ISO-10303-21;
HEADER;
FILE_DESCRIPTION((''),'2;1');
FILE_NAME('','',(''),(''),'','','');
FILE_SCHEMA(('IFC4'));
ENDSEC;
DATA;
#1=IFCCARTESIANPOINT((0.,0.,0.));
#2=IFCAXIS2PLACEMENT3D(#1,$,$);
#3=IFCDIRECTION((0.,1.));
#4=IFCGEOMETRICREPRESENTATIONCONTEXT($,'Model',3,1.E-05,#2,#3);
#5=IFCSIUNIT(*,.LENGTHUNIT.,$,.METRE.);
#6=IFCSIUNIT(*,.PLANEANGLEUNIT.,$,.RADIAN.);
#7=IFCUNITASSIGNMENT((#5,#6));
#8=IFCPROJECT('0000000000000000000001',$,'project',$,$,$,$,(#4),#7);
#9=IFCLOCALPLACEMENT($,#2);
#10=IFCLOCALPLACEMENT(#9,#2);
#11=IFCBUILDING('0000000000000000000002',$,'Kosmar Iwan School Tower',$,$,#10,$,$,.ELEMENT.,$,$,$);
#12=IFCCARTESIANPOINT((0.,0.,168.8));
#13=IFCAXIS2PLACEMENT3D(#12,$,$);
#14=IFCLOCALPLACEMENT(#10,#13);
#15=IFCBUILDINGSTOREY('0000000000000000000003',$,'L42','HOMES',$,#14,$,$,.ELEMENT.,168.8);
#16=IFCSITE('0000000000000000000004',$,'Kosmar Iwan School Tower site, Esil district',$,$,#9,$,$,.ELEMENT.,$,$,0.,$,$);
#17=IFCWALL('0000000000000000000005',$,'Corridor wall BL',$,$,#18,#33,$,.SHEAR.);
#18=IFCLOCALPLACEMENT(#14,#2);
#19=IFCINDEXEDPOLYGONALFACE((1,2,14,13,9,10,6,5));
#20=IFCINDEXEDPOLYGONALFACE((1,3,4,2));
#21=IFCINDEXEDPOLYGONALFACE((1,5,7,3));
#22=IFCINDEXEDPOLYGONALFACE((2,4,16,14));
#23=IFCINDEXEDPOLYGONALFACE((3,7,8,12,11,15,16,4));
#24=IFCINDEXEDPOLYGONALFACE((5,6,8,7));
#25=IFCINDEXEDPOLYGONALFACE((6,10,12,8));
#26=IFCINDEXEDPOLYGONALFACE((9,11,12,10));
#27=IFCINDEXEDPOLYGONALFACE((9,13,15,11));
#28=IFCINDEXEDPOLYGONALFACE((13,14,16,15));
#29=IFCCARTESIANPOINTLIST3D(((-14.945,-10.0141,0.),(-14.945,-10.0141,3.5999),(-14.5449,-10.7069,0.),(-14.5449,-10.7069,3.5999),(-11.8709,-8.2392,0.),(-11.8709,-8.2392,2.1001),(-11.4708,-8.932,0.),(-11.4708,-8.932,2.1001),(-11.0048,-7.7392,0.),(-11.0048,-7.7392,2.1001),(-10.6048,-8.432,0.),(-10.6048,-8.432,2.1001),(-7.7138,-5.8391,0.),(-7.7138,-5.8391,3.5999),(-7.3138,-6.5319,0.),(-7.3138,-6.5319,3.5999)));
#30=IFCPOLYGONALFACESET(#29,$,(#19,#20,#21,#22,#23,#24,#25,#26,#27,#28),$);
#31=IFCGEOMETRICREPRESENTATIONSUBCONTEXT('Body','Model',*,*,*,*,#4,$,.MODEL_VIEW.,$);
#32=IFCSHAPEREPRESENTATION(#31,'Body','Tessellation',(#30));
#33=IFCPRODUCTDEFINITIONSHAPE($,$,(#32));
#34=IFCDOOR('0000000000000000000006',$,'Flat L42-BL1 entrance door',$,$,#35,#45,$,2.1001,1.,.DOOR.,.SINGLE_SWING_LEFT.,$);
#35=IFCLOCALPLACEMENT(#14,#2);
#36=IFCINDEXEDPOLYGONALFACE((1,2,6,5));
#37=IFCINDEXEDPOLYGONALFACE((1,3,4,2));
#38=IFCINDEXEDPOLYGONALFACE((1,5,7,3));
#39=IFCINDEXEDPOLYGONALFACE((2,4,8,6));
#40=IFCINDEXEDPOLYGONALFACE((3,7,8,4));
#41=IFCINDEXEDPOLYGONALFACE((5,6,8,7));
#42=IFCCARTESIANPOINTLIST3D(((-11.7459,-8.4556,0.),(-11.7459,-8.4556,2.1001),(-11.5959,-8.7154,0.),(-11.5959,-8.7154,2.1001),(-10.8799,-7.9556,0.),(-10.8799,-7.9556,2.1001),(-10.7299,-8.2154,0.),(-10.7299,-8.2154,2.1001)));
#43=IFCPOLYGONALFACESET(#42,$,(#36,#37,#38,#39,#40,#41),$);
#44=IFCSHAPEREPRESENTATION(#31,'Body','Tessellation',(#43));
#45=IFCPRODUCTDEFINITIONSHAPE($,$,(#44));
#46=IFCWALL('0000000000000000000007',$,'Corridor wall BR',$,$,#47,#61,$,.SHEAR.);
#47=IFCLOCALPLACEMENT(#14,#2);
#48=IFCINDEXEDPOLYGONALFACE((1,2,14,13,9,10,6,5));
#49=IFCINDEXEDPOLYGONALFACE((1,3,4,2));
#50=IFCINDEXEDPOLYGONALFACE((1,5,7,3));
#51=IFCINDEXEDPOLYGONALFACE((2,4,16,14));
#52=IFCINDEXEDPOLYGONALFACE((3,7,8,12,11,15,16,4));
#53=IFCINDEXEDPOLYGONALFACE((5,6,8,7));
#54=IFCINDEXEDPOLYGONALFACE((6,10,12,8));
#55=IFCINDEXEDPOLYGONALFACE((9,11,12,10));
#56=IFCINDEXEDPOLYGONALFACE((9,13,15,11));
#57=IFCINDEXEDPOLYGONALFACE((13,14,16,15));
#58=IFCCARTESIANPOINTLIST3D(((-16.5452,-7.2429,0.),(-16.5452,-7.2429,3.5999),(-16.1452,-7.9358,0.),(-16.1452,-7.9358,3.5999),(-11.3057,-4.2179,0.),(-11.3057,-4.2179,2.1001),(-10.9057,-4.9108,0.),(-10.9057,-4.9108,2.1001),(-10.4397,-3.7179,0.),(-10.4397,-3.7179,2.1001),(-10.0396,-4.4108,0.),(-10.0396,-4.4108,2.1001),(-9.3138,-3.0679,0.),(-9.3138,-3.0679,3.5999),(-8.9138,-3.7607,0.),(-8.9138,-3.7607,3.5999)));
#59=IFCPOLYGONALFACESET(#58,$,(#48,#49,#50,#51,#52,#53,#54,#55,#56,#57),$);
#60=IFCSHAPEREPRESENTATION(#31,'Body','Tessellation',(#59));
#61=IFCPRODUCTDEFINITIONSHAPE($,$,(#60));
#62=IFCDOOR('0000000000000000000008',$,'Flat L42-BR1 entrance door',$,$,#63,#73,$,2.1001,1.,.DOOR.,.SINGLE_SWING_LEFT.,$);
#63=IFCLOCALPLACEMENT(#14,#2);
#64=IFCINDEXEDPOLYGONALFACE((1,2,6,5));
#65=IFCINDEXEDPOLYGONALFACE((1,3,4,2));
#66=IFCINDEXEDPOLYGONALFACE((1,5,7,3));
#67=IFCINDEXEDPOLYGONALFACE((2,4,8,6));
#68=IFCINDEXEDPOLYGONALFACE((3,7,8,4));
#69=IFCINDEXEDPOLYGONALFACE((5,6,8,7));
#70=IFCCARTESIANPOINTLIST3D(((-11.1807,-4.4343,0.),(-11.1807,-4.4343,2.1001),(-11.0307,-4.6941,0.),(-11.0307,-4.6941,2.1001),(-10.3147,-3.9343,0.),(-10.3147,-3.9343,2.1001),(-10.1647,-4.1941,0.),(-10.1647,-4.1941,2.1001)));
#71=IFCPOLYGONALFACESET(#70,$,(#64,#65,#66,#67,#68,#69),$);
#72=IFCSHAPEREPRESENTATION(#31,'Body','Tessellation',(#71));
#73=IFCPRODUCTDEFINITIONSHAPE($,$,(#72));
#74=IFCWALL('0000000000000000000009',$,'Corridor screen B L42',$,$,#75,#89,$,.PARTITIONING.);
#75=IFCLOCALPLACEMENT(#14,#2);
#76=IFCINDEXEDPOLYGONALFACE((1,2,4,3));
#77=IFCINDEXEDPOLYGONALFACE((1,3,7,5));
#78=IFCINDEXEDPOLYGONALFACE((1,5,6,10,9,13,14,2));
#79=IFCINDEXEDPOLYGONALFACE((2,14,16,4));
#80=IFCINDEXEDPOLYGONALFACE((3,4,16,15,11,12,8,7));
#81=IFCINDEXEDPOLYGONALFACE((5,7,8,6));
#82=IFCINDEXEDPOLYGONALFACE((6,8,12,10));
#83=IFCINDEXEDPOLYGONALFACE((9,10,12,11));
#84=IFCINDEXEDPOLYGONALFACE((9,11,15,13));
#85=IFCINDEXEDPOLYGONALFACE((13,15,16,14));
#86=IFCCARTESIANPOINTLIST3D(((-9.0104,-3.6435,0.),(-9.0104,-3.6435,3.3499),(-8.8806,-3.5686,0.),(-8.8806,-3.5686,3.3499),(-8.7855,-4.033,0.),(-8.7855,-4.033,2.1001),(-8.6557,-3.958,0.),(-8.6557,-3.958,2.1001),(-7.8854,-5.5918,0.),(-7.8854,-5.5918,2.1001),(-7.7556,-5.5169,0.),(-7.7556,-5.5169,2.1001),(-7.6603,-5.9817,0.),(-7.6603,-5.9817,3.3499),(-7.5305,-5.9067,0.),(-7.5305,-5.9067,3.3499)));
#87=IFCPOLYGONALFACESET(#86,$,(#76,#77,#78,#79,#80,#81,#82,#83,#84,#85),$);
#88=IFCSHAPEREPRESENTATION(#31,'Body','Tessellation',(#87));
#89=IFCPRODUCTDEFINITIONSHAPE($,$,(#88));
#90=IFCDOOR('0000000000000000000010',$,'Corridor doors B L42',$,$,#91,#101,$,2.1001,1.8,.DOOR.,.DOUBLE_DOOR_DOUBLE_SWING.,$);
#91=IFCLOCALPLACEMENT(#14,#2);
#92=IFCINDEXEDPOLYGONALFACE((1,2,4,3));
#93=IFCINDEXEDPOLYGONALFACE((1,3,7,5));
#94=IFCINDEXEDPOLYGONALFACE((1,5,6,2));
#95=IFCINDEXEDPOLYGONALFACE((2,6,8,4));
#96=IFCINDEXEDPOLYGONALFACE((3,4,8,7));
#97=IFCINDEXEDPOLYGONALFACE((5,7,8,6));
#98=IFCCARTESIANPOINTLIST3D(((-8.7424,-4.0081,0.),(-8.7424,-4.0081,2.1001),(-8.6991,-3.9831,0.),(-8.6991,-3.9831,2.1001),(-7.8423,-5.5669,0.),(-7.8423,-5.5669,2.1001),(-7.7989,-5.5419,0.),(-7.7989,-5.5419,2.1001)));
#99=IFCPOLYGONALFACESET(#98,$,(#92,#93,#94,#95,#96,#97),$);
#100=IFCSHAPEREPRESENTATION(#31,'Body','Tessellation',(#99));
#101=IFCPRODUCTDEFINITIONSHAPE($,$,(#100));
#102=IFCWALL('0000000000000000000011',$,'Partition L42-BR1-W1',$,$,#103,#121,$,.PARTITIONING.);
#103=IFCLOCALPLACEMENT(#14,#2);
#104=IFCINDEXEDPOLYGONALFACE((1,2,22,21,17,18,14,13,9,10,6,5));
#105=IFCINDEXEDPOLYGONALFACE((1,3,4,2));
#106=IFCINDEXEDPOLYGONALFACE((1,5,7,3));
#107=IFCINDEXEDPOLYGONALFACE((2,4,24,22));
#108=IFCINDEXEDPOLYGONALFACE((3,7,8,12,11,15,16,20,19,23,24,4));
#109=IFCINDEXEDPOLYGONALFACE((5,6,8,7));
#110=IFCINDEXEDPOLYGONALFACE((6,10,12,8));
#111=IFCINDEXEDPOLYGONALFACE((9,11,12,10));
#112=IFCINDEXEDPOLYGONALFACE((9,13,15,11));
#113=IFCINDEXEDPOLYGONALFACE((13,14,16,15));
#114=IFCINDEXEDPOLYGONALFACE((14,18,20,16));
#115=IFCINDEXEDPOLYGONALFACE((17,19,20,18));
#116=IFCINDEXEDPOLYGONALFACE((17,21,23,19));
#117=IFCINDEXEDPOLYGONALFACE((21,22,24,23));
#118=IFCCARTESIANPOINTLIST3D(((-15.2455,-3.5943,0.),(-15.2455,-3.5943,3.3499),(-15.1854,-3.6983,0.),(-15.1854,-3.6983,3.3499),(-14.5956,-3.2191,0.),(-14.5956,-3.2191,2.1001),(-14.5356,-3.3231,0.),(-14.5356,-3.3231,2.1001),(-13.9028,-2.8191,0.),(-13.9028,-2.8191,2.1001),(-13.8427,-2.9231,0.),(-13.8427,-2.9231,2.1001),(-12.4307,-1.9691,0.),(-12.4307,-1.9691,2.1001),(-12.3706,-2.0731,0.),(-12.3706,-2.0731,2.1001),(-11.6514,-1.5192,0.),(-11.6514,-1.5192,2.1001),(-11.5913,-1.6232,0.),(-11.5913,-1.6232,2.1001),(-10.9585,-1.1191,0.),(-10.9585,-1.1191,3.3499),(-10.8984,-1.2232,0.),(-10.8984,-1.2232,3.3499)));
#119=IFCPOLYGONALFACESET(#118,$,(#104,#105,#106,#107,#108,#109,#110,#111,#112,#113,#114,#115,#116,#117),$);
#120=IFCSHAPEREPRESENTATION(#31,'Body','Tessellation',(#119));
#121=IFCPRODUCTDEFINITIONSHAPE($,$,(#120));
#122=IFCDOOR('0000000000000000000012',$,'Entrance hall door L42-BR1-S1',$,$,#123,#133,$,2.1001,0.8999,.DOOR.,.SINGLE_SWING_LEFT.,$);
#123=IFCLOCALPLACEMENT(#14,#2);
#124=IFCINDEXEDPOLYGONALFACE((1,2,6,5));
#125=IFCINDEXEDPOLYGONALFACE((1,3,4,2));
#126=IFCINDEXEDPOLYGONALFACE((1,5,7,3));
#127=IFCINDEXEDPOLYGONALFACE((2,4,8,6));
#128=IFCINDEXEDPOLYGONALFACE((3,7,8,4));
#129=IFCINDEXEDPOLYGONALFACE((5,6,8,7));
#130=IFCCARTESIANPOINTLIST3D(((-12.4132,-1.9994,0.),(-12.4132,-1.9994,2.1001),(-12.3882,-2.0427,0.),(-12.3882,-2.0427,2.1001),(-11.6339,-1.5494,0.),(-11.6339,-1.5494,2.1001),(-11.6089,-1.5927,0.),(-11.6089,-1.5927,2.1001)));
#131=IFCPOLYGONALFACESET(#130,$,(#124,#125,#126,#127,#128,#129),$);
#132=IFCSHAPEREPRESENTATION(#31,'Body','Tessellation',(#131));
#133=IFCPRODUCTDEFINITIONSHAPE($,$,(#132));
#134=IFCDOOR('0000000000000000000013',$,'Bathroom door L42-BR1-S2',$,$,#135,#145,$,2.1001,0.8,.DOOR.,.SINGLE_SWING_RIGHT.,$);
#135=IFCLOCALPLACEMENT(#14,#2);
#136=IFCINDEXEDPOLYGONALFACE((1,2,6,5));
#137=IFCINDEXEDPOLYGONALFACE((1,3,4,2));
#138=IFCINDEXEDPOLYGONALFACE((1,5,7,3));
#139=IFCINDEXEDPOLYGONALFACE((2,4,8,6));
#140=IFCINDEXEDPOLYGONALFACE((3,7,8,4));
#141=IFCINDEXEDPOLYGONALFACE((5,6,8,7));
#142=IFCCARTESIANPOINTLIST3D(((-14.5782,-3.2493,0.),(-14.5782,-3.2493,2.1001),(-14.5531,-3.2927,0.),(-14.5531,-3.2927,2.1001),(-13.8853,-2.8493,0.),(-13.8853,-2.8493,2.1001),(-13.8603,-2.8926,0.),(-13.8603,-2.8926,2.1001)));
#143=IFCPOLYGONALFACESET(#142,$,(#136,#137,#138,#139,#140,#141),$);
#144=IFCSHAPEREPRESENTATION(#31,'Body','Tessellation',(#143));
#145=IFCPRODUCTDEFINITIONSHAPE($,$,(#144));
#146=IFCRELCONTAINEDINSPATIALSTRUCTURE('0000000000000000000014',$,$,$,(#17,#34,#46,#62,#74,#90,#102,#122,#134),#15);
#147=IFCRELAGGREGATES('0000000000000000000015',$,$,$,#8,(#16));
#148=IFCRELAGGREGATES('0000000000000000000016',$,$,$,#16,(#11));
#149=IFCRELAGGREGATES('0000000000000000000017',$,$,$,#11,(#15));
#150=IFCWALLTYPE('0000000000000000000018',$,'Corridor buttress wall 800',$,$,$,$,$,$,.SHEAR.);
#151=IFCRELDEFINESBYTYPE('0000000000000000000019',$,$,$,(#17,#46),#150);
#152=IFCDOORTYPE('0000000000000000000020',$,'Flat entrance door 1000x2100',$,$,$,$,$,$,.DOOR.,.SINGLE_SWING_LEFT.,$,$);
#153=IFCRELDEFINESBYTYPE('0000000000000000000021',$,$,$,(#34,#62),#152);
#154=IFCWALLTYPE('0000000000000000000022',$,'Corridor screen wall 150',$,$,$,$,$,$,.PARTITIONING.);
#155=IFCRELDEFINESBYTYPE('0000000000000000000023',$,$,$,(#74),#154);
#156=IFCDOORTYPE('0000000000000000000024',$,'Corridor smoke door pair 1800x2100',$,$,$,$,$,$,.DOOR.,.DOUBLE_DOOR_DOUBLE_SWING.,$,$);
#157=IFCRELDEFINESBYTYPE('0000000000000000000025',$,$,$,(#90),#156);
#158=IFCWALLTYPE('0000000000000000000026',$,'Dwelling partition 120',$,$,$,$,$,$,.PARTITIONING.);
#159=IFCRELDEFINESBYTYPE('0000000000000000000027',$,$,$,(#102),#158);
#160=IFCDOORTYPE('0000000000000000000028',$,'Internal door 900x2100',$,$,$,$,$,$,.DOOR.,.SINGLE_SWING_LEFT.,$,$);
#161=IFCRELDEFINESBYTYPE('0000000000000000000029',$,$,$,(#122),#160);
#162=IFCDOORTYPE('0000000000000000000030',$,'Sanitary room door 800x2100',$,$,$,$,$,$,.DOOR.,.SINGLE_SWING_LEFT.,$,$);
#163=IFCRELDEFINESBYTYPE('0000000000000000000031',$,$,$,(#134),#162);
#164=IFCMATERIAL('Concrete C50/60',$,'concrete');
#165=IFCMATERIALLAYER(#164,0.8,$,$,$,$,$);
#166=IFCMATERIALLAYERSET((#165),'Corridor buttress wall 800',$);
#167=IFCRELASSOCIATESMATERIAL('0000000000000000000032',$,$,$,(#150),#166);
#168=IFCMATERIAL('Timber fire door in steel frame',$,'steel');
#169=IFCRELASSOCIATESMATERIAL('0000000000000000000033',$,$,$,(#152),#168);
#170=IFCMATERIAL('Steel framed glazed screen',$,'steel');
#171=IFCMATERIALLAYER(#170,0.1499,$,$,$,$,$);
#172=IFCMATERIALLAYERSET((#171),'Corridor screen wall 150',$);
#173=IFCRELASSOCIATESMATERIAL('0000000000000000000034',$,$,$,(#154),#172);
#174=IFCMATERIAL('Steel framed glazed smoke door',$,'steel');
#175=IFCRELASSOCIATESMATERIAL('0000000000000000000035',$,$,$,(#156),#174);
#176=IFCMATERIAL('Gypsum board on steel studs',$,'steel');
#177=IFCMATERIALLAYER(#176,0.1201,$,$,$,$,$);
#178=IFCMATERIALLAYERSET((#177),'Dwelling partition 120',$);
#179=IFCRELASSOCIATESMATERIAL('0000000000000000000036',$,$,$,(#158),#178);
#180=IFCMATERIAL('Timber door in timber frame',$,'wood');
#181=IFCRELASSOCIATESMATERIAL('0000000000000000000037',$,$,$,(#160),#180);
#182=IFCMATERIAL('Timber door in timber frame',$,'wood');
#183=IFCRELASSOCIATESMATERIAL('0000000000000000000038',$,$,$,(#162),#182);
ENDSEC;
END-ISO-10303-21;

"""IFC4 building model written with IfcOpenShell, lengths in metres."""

from ifc_helpers import new_model, si_unit, direction, frame, frame_2d, origin, place, context, subcontext, project, spatial, rectangle, extrude, material, layer, layer_set, type_object, element, fill, save


model = new_model("IFC4")

# Units and contexts
model_context = context("Model", 3, precision=1e-05, world=origin(), true_north=direction((0.0, 1.0)))
body_context = subcontext(model_context, "Body", "Model", "MODEL_VIEW")
ifc_project = project(units=[si_unit("LENGTHUNIT", "METRE"), si_unit("PLANEANGLEUNIT", "RADIAN")], contexts=[model_context])

# Site, building, storey
site_placement = place(None, origin())
site = spatial("IfcSite", under=ifc_project, at=site_placement, Name="Kosmar Iwan School Tower site, Esil district", CompositionType="ELEMENT", RefElevation=0.0)
building_placement = place(site_placement, origin())
building = spatial("IfcBuilding", under=site, at=building_placement, Name="Kosmar Iwan School Tower", CompositionType="ELEMENT")
storey_placement = place(building_placement, frame((0.0, 0.0, 168.8)))
storey = spatial("IfcBuildingStorey", under=building, at=storey_placement, Name="L42", Description="HOMES", CompositionType="ELEMENT", Elevation=168.8)

# Walls, openings, doors
ifc_material_1 = material(Name="Concrete C50/60", Category="concrete")
ifc_layer_1 = layer(ifc_material_1, 0.8)
ifc_layer_set_1 = layer_set([ifc_layer_1], Name="Corridor buttress wall 800")
wall_type_1 = type_object("IfcWallType", Name="Corridor buttress wall 800", PredefinedType="SHEAR", material=ifc_layer_set_1)
wall_1_placement = place(storey_placement, frame((-7.5139, -6.1855, 0.0), z_axis=(0.0, 0.0, 1.0), x_axis=(-0.86602, -0.50001, 0.0)))
wall_1 = element("IfcWall", 1, at=wall_1_placement, inside=storey, type_object=wall_type_1, Name="Corridor wall BL", PredefinedType="SHEAR", context=body_context, shape_type="SweptSolid", body=[
    extrude(rectangle(XDim=8.3499, YDim=0.8, at=frame_2d((4.1748, 0.0))), origin(), (0.0, 0.0, 1.0), 3.5999),
])
opening_1_placement = place(wall_1_placement, frame((3.8, 0.0, 0.0)))
opening_1 = element("IfcOpeningElement", 2, at=opening_1_placement, cuts=wall_1, PredefinedType="OPENING", context=body_context, shape_type="SweptSolid", body=[
    extrude(rectangle(XDim=1.0, YDim=2.1001, at=frame_2d((0.5, 1.05))), frame((0.0, 0.4121, 0.0), z_axis=(0.0, -1.0, 0.0), x_axis=(1.0, 0.0, 0.0)), (0.0, 0.0, 1.0), 0.824),
])
ifc_material_2 = material(Name="Timber fire door in steel frame", Category="steel")
door_type_1 = type_object("IfcDoorType", Name="Flat entrance door 1000x2100", OperationType="SINGLE_SWING_LEFT", PredefinedType="DOOR", material=ifc_material_2)
door_1_placement = place(opening_1_placement, origin())
door_1 = element("IfcDoor", 3, at=door_1_placement, inside=storey, type_object=door_type_1, Name="Flat L42-BL1 entrance door", OperationType="SINGLE_SWING_LEFT", OverallHeight=2.1001, OverallWidth=1.0, PredefinedType="DOOR", context=body_context, shape_type="SweptSolid", body=[
    extrude(rectangle(XDim=1.0, YDim=2.1001, at=frame_2d((0.5, 1.05))), frame((0.0, 0.1499, 0.0), z_axis=(0.0, -1.0, 0.0), x_axis=(1.0, 0.0, 0.0)), (0.0, 0.0, 1.0), 0.3),
])
fill(opening_1, door_1)
wall_2_placement = place(storey_placement, frame((-9.1138, -3.4143, 0.0), z_axis=(0.0, 0.0, 1.0), x_axis=(-0.866027, -0.499997, 0.0)))
wall_2 = element("IfcWall", 4, at=wall_2_placement, inside=storey, type_object=wall_type_1, Name="Corridor wall BR", PredefinedType="SHEAR", context=body_context, shape_type="SweptSolid", body=[
    extrude(rectangle(XDim=8.3501, YDim=0.8, at=frame_2d((4.175, 0.0))), origin(), (0.0, 0.0, 1.0), 3.5999),
])
opening_2_placement = place(wall_2_placement, frame((1.3, 0.0, 0.0)))
opening_2 = element("IfcOpeningElement", 5, at=opening_2_placement, cuts=wall_2, PredefinedType="OPENING", context=body_context, shape_type="SweptSolid", body=[
    extrude(rectangle(XDim=1.0, YDim=2.1001, at=frame_2d((0.5, 1.05))), frame((0.0, 0.4121, 0.0), z_axis=(0.0, -1.0, 0.0), x_axis=(1.0, 0.0, 0.0)), (0.0, 0.0, 1.0), 0.824),
])
door_2_placement = place(opening_2_placement, origin())
door_2 = element("IfcDoor", 6, at=door_2_placement, inside=storey, type_object=door_type_1, Name="Flat L42-BR1 entrance door", OperationType="SINGLE_SWING_LEFT", OverallHeight=2.1001, OverallWidth=1.0, PredefinedType="DOOR", context=body_context, shape_type="SweptSolid", body=[
    extrude(rectangle(XDim=1.0, YDim=2.1001, at=frame_2d((0.5, 1.05))), frame((0.0, 0.1499, 0.0), z_axis=(0.0, -1.0, 0.0), x_axis=(1.0, 0.0, 0.0)), (0.0, 0.0, 1.0), 0.3),
])
fill(opening_2, door_2)
ifc_material_3 = material(Name="Steel framed glazed screen", Category="steel")
ifc_layer_2 = layer(ifc_material_3, 0.1499)
ifc_layer_set_2 = layer_set([ifc_layer_2], Name="Corridor screen wall 150")
wall_type_2 = type_object("IfcWallType", Name="Corridor screen wall 150", PredefinedType="PARTITIONING", material=ifc_layer_set_2)
wall_3_placement = place(storey_placement, frame((-8.9456, -3.606, 0.0), z_axis=(0.0, 0.0, 1.0), x_axis=(0.500049, -0.865997, 0.0)))
wall_3 = element("IfcWall", 7, at=wall_3_placement, inside=storey, type_object=wall_type_2, Name="Corridor screen B L42", PredefinedType="PARTITIONING", context=body_context, shape_type="SweptSolid", body=[
    extrude(rectangle(XDim=2.7, YDim=0.1499, at=frame_2d((1.3501, 0.0))), origin(), (0.0, 0.0, 1.0), 3.3499),
])
opening_3_placement = place(wall_3_placement, frame((0.45, 0.0, 0.0)))
opening_3 = element("IfcOpeningElement", 8, at=opening_3_placement, cuts=wall_3, PredefinedType="OPENING", context=body_context, shape_type="SweptSolid", body=[
    extrude(rectangle(XDim=1.8, YDim=2.1001, at=frame_2d((0.8999, 1.05))), frame((0.0, 0.0869, 0.0), z_axis=(0.0, -1.0, 0.0), x_axis=(1.0, 0.0, 0.0)), (0.0, 0.0, 1.0), 0.1738),
])
ifc_material_4 = material(Name="Steel framed glazed smoke door", Category="steel")
door_type_2 = type_object("IfcDoorType", Name="Corridor smoke door pair 1800x2100", OperationType="DOUBLE_DOOR_DOUBLE_SWING", PredefinedType="DOOR", material=ifc_material_4)
door_3_placement = place(opening_3_placement, origin())
door_3 = element("IfcDoor", 9, at=door_3_placement, inside=storey, type_object=door_type_2, Name="Corridor doors B L42", OperationType="DOUBLE_DOOR_DOUBLE_SWING", OverallHeight=2.1001, OverallWidth=1.8, PredefinedType="DOOR", context=body_context, shape_type="SweptSolid", body=[
    extrude(rectangle(XDim=1.8, YDim=2.1001, at=frame_2d((0.8999, 1.05))), frame((0.0, 0.0249, 0.0), z_axis=(0.0, -1.0, 0.0), x_axis=(1.0, 0.0, 0.0)), (0.0, 0.0, 1.0), 0.05),
])
fill(opening_3, door_3)

# Wall, openings, doors
ifc_material_5 = material(Name="Gypsum board on steel studs", Category="steel")
ifc_layer_3 = layer(ifc_material_5, 0.1201)
ifc_layer_set_3 = layer_set([ifc_layer_3], Name="Dwelling partition 120")
wall_type_3 = type_object("IfcWallType", Name="Dwelling partition 120", PredefinedType="PARTITIONING", material=ifc_layer_set_3)
wall_4_placement = place(storey_placement, frame((-10.9285, -1.1711, 0.0), z_axis=(0.0, 0.0, 1.0), x_axis=(-0.866019, -0.500011, 0.0)))
wall_4 = element("IfcWall", 10, at=wall_4_placement, inside=storey, type_object=wall_type_3, Name="Partition L42-BR1-W1", PredefinedType="PARTITIONING", context=body_context, shape_type="SweptSolid", body=[
    extrude(rectangle(XDim=4.9502, YDim=0.1201, at=frame_2d((2.4751, 0.0))), origin(), (0.0, 0.0, 1.0), 3.3499),
])
opening_4_placement = place(wall_4_placement, frame((0.8, 0.0, 0.0)))
opening_4 = element("IfcOpeningElement", 11, at=opening_4_placement, cuts=wall_4, PredefinedType="OPENING", context=body_context, shape_type="SweptSolid", body=[
    extrude(rectangle(XDim=0.8999, YDim=2.1001, at=frame_2d((0.45, 1.05))), frame((0.0, 0.072, 0.0), z_axis=(0.0, -1.0, 0.0), x_axis=(1.0, 0.0, 0.0)), (0.0, 0.0, 1.0), 0.144),
])
opening_5_placement = place(wall_4_placement, frame((3.3999, 0.0, 0.0)))
opening_5 = element("IfcOpeningElement", 12, at=opening_5_placement, cuts=wall_4, PredefinedType="OPENING", context=body_context, shape_type="SweptSolid", body=[
    extrude(rectangle(XDim=0.8, YDim=2.1001, at=frame_2d((0.3999, 1.05))), frame((0.0, 0.072, 0.0), z_axis=(0.0, -1.0, 0.0), x_axis=(1.0, 0.0, 0.0)), (0.0, 0.0, 1.0), 0.144),
])
ifc_material_6 = material(Name="Timber door in timber frame", Category="wood")
door_type_3 = type_object("IfcDoorType", Name="Internal door 900x2100", OperationType="SINGLE_SWING_LEFT", PredefinedType="DOOR", material=ifc_material_6)
door_4_placement = place(opening_4_placement, origin())
door_4 = element("IfcDoor", 13, at=door_4_placement, inside=storey, type_object=door_type_3, Name="Entrance hall door L42-BR1-S1", OperationType="SINGLE_SWING_LEFT", OverallHeight=2.1001, OverallWidth=0.8999, PredefinedType="DOOR", context=body_context, shape_type="SweptSolid", body=[
    extrude(rectangle(XDim=0.8999, YDim=2.1001, at=frame_2d((0.45, 1.05))), frame((0.0, 0.0249, 0.0), z_axis=(0.0, -1.0, 0.0), x_axis=(1.0, 0.0, 0.0)), (0.0, 0.0, 1.0), 0.05),
])
fill(opening_4, door_4)
ifc_material_7 = material(Name="Timber door in timber frame", Category="wood")
door_type_4 = type_object("IfcDoorType", Name="Sanitary room door 800x2100", OperationType="SINGLE_SWING_LEFT", PredefinedType="DOOR", material=ifc_material_7)
door_5_placement = place(opening_5_placement, origin())
door_5 = element("IfcDoor", 14, at=door_5_placement, inside=storey, type_object=door_type_4, Name="Bathroom door L42-BR1-S2", OperationType="SINGLE_SWING_RIGHT", OverallHeight=2.1001, OverallWidth=0.8, PredefinedType="DOOR", context=body_context, shape_type="SweptSolid", body=[
    extrude(rectangle(XDim=0.8, YDim=2.1001, at=frame_2d((0.3999, 1.05))), frame((0.0, 0.0249, 0.0), z_axis=(0.0, -1.0, 0.0), x_axis=(1.0, 0.0, 0.0)), (0.0, 0.0, 1.0), 0.05),
])
fill(opening_5, door_5)

save(model, "model.ifc")
